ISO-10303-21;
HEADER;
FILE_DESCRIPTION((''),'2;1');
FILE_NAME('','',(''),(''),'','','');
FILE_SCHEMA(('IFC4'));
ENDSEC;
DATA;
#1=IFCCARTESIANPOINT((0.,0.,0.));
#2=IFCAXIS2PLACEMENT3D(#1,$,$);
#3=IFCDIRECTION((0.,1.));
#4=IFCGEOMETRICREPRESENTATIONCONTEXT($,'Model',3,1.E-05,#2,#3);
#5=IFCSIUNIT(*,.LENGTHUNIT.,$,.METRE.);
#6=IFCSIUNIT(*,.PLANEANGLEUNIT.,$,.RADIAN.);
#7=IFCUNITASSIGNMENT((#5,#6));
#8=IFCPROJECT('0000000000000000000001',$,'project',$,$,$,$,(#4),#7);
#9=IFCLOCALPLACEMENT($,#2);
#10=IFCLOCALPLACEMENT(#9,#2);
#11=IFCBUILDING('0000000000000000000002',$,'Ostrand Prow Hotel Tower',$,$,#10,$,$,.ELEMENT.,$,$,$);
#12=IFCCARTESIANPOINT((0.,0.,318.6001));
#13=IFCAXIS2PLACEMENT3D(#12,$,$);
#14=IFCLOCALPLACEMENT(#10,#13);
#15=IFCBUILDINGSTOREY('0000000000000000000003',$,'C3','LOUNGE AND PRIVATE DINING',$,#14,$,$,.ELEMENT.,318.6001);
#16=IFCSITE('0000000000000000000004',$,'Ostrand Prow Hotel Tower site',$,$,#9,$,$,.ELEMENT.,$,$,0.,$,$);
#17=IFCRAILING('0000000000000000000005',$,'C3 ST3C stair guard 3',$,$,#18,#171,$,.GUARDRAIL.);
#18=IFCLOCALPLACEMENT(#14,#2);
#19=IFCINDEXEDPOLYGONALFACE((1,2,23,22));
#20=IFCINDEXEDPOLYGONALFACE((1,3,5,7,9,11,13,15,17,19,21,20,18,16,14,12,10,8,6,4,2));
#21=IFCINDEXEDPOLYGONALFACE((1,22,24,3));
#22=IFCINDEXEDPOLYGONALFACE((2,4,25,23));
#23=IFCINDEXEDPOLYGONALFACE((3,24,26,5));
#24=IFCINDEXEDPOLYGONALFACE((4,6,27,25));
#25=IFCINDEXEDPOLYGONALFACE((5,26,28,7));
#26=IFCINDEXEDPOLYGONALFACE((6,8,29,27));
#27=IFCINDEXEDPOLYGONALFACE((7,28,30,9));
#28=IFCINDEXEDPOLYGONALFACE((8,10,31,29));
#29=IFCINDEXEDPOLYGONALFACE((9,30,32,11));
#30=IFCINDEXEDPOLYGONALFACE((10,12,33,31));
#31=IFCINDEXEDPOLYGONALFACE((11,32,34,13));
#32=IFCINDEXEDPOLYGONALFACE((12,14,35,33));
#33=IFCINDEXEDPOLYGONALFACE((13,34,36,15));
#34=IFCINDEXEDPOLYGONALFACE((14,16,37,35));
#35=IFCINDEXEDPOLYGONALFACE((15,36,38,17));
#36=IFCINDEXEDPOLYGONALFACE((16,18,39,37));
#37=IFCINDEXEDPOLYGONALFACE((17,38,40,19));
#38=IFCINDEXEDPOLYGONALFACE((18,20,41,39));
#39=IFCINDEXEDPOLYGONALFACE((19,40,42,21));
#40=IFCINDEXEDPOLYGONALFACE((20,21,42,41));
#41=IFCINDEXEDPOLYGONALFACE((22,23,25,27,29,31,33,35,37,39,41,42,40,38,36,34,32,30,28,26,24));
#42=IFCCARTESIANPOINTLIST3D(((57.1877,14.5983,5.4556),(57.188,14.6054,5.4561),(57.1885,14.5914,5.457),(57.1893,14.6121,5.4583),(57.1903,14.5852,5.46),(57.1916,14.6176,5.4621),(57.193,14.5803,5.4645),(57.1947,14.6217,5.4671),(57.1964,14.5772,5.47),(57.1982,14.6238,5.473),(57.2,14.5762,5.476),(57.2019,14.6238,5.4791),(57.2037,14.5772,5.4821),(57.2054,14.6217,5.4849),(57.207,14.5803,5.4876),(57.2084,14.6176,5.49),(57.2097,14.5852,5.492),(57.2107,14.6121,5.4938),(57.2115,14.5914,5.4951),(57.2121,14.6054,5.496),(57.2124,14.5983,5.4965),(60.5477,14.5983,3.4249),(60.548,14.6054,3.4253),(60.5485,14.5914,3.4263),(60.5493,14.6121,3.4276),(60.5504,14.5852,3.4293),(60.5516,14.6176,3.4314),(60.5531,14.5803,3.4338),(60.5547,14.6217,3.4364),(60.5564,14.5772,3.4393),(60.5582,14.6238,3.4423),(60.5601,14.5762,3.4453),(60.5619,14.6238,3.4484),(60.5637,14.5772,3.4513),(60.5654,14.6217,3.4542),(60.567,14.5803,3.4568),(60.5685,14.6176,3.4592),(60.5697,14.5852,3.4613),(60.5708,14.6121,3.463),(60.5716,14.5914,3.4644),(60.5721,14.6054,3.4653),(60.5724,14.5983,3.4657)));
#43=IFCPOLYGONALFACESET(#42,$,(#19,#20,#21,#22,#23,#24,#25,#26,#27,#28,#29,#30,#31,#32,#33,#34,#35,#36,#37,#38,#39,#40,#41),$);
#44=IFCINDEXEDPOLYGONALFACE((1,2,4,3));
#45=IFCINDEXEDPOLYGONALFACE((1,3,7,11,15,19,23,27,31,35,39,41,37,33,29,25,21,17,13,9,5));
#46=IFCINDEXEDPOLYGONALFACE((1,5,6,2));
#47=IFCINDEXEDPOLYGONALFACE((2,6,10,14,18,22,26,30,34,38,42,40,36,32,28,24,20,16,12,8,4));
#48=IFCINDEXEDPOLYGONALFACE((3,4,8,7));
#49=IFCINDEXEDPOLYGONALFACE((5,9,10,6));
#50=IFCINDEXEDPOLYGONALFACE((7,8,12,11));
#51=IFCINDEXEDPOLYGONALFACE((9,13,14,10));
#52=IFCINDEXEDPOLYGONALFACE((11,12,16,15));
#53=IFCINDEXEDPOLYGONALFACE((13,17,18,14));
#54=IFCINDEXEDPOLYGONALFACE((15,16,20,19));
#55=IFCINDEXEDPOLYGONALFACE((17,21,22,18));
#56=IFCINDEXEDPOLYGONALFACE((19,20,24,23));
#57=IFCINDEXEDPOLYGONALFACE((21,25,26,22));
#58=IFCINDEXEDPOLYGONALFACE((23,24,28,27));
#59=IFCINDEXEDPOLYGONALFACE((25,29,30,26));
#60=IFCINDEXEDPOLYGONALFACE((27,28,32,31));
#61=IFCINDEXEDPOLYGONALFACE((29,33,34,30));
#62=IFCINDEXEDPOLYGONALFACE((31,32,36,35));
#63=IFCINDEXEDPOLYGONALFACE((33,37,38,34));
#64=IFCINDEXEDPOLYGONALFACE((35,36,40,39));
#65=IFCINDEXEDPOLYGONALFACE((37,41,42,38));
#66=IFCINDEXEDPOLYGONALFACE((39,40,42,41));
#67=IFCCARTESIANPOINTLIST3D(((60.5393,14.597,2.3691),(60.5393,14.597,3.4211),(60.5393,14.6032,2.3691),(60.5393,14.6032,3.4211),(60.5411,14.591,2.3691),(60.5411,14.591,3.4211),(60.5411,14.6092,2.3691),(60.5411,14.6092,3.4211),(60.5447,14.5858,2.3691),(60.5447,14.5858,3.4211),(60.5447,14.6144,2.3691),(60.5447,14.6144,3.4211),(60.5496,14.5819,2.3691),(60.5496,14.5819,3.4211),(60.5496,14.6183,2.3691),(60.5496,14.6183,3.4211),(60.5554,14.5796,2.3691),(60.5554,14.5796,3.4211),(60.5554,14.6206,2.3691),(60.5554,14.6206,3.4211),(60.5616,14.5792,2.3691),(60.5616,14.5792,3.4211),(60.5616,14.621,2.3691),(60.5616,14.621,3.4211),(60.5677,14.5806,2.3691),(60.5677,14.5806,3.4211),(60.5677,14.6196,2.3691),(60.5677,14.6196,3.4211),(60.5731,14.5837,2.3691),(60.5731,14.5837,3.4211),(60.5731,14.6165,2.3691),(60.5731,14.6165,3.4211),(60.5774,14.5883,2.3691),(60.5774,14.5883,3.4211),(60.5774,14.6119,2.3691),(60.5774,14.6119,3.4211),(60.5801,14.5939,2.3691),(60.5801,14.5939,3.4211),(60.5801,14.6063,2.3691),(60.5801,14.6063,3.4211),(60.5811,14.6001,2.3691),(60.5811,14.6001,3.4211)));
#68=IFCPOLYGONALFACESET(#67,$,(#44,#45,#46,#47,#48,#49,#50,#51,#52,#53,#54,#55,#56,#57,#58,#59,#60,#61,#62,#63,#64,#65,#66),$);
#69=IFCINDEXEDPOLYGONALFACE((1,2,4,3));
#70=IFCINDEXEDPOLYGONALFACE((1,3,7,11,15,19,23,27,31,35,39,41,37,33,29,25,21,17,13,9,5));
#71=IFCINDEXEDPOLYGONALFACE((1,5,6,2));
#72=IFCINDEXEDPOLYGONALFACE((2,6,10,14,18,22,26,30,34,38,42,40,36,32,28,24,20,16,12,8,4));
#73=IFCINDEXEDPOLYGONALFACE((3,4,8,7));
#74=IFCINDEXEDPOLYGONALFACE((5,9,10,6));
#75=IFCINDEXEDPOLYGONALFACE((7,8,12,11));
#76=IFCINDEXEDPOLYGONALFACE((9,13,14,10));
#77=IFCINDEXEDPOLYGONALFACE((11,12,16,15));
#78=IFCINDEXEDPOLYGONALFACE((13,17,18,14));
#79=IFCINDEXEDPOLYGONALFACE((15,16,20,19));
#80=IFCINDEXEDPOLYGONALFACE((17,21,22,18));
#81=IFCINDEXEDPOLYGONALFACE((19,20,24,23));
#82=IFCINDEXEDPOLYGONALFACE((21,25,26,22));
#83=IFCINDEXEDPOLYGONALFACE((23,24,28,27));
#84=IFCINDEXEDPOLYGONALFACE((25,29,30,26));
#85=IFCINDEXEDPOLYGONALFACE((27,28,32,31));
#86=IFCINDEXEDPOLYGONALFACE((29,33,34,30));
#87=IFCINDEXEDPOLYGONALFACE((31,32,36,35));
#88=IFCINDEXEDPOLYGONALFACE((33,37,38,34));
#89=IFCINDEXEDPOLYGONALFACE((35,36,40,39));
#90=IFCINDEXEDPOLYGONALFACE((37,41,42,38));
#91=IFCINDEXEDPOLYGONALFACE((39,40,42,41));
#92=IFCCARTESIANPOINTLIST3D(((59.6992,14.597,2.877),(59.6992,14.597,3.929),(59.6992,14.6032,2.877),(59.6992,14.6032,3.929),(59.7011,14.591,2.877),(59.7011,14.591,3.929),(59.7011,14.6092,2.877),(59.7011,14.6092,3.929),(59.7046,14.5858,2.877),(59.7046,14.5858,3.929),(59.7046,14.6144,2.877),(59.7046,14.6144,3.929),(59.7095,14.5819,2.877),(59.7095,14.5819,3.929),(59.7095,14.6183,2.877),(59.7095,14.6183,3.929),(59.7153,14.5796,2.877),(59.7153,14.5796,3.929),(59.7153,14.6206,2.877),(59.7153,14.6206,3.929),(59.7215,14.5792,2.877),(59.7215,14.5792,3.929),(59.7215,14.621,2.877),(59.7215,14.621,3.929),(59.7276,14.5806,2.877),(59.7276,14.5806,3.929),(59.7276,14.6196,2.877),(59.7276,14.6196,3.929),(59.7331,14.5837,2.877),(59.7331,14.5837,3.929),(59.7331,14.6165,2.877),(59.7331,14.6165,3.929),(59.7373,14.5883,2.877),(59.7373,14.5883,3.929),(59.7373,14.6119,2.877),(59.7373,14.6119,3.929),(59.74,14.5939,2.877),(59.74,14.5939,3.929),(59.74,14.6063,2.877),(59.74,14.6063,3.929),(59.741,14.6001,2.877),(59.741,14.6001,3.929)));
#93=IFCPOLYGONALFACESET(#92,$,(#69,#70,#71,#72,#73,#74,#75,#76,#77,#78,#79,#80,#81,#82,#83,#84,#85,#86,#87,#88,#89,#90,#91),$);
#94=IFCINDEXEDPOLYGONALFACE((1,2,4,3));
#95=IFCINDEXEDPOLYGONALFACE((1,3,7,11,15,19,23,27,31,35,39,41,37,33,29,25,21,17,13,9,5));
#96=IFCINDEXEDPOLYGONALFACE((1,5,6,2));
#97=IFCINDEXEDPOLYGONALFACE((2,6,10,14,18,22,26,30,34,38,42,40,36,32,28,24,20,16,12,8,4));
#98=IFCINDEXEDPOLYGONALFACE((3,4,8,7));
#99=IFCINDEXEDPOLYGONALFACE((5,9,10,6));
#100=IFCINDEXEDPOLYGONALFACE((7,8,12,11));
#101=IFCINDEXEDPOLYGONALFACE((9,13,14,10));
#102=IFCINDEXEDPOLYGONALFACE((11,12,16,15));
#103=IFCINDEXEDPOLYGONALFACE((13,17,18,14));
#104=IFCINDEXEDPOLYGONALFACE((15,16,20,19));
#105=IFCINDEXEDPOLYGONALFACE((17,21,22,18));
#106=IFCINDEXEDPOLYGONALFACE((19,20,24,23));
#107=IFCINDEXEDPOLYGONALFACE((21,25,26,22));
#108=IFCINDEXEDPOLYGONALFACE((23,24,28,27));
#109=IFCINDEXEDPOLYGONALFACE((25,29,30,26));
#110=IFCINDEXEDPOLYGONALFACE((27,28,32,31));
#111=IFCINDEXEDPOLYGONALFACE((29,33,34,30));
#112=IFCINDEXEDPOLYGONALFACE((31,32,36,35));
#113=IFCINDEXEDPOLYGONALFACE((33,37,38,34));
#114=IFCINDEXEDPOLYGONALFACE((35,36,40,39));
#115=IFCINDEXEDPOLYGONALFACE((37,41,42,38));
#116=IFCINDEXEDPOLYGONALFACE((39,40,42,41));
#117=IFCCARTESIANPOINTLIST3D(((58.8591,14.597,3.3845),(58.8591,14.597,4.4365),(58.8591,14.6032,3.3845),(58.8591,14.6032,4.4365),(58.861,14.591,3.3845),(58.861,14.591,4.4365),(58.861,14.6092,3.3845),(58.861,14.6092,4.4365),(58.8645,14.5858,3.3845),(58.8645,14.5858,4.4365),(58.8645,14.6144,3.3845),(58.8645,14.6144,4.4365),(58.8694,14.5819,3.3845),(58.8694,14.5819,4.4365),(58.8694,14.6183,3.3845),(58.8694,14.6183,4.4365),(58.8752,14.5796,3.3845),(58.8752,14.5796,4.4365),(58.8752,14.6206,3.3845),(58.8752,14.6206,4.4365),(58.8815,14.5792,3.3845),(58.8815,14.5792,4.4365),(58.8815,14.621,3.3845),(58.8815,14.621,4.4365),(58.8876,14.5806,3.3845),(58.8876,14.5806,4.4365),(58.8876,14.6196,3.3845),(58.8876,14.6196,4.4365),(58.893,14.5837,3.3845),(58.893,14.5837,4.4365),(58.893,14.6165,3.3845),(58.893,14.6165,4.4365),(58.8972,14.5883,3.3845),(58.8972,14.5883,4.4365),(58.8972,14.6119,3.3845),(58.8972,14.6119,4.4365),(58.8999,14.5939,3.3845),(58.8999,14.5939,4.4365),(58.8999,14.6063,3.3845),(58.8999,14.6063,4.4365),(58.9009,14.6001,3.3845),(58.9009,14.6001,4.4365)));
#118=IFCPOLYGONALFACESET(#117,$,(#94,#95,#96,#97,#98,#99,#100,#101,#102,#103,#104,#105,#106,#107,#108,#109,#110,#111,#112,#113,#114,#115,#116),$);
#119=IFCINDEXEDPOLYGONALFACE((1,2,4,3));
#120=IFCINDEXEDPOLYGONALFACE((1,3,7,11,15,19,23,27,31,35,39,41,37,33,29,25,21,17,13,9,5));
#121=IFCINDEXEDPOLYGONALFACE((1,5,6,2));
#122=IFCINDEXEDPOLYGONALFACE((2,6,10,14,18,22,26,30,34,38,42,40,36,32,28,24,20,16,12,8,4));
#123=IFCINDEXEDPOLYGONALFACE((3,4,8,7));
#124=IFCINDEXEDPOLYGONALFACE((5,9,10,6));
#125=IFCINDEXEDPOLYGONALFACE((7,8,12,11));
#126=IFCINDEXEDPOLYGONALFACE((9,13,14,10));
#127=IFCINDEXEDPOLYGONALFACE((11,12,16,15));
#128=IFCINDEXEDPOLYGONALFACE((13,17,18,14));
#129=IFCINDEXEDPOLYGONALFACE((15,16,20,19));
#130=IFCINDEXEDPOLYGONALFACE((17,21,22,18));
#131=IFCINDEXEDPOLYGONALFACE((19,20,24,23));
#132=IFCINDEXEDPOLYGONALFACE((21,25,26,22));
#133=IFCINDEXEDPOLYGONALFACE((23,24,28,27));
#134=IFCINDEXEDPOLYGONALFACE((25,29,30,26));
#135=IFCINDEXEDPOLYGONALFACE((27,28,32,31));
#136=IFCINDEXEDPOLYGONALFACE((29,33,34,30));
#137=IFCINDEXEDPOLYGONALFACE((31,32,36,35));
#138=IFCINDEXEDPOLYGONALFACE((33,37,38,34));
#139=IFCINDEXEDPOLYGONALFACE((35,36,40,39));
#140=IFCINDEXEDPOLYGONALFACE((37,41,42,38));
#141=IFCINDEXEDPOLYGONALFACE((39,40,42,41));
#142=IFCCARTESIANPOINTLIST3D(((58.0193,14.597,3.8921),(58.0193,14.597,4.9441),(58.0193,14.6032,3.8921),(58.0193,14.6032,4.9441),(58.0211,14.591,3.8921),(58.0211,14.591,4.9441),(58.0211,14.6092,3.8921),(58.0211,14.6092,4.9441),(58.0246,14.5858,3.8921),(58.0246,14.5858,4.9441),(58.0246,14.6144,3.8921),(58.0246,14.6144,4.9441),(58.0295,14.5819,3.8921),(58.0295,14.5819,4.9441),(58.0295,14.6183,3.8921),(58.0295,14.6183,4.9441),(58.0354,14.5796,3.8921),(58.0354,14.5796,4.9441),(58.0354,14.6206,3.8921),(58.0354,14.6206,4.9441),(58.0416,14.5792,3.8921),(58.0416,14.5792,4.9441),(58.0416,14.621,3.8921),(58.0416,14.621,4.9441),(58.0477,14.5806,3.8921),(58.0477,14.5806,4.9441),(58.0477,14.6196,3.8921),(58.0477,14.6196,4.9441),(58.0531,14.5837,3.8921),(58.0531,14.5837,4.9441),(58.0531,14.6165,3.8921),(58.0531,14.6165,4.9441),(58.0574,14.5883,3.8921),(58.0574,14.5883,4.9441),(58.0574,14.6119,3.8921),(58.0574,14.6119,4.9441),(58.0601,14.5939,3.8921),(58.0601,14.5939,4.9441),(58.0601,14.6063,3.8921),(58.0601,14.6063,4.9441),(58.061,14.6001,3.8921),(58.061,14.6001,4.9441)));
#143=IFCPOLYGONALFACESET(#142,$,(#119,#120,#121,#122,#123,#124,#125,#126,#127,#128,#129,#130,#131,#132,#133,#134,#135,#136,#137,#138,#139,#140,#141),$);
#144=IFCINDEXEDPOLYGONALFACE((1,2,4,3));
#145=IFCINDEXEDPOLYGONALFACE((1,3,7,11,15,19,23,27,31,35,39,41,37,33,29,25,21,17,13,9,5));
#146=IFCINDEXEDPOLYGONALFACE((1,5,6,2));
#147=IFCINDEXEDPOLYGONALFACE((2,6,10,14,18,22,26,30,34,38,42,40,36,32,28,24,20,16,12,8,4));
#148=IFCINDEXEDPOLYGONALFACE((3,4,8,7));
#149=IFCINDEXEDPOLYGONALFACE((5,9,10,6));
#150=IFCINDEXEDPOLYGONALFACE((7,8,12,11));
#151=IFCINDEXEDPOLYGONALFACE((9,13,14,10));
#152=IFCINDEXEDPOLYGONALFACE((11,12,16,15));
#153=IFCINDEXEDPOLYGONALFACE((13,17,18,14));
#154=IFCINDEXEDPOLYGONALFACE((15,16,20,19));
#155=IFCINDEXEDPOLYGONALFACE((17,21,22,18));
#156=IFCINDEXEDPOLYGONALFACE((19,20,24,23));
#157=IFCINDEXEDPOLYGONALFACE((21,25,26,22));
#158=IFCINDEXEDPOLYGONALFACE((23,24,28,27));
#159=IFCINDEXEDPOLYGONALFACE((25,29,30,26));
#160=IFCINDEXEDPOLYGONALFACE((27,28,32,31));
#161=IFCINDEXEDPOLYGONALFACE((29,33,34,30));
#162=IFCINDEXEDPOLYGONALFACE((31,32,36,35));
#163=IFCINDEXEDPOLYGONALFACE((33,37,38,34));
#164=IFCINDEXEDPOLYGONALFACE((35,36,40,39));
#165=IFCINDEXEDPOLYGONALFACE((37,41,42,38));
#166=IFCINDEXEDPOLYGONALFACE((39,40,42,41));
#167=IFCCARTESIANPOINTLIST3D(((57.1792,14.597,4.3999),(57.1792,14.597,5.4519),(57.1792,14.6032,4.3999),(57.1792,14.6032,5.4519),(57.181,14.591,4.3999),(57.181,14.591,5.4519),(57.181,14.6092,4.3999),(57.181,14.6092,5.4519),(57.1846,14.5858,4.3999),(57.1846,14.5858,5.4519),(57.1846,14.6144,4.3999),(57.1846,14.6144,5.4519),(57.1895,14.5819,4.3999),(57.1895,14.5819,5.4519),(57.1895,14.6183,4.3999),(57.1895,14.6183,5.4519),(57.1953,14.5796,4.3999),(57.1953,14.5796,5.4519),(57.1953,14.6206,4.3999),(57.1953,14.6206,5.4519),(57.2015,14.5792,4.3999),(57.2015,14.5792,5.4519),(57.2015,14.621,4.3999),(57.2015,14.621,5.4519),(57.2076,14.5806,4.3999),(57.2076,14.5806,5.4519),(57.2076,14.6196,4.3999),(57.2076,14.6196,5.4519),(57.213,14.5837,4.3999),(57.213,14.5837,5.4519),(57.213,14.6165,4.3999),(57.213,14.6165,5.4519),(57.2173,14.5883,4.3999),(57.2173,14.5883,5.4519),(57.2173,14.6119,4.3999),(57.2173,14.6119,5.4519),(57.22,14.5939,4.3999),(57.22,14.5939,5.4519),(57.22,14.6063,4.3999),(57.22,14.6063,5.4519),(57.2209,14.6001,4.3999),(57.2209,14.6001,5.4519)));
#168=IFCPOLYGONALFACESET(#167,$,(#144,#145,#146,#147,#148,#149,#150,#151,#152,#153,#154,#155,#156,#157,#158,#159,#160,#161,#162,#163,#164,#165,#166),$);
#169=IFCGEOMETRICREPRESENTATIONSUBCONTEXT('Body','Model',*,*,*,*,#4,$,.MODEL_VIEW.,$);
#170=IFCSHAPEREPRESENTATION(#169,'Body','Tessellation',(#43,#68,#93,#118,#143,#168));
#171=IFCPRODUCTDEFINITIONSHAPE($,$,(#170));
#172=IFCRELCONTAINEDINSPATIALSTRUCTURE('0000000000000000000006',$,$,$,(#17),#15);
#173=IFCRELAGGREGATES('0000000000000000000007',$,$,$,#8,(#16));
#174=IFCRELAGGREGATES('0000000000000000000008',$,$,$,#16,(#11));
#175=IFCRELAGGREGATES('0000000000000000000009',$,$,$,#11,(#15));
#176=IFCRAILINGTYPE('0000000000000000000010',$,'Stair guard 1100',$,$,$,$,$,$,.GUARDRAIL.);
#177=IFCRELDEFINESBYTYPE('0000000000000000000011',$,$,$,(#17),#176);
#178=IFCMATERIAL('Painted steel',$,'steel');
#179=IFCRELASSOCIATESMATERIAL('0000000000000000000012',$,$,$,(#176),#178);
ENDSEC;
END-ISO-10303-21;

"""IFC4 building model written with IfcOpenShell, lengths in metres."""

from ifc_helpers import new_model, si_unit, direction, frame, origin, origin_2d, place, context, subcontext, project, spatial, circle, extrude, material, type_object, element, save


model = new_model("IFC4")

# Units and contexts
model_context = context("Model", 3, precision=1e-05, world=origin(), true_north=direction((0.0, 1.0)))
body_context = subcontext(model_context, "Body", "Model", "MODEL_VIEW")
ifc_project = project(units=[si_unit("LENGTHUNIT", "METRE"), si_unit("PLANEANGLEUNIT", "RADIAN")], contexts=[model_context])

# Site, building, storey
site_placement = place(None, origin())
site = spatial("IfcSite", under=ifc_project, at=site_placement, Name="Ostrand Prow Hotel Tower site", CompositionType="ELEMENT", RefElevation=0.0)
building_placement = place(site_placement, origin())
building = spatial("IfcBuilding", under=site, at=building_placement, Name="Ostrand Prow Hotel Tower", CompositionType="ELEMENT")
storey_placement = place(building_placement, frame((0.0, 0.0, 318.6001)))
storey = spatial("IfcBuildingStorey", under=building, at=storey_placement, Name="C3", Description="LOUNGE AND PRIVATE DINING", CompositionType="ELEMENT", Elevation=318.6001)

# Railing
ifc_material_1 = material(Name="Painted steel", Category="steel")
railing_type_1 = type_object("IfcRailingType", Name="Stair guard 1100", PredefinedType="GUARDRAIL", material=ifc_material_1)
railing_1_placement = place(storey_placement, frame((60.5601, 14.6001, 2.3691)))
element("IfcRailing", 1, at=railing_1_placement, inside=storey, type_object=railing_type_1, Name="C3 ST3C stair guard 3", PredefinedType="GUARDRAIL", context=body_context, shape_type="SweptSolid", body=[
    extrude(circle(Radius=0.0239, at=origin_2d()), frame((0.0, 0.0, 1.0762), z_axis=(-0.855837, 0.0, 0.517246), x_axis=(0.0, -1.0, 0.0)), (0.0, 0.0, 1.0), 3.926),
    extrude(circle(Radius=0.021, at=origin_2d()), origin(), (0.0, 0.0, 1.0), 1.052),
    extrude(circle(Radius=0.021, at=origin_2d()), frame((-0.8401, 0.0, 0.5078)), (0.0, 0.0, 1.0), 1.052),
    extrude(circle(Radius=0.021, at=origin_2d()), frame((-1.6802, 0.0, 1.0154)), (0.0, 0.0, 1.0), 1.052),
    extrude(circle(Radius=0.021, at=origin_2d()), frame((-2.52, 0.0, 1.5229)), (0.0, 0.0, 1.0), 1.052),
    extrude(circle(Radius=0.021, at=origin_2d()), frame((-3.3601, 0.0, 2.0308)), (0.0, 0.0, 1.0), 1.052),
])

save(model, "model.ifc")
